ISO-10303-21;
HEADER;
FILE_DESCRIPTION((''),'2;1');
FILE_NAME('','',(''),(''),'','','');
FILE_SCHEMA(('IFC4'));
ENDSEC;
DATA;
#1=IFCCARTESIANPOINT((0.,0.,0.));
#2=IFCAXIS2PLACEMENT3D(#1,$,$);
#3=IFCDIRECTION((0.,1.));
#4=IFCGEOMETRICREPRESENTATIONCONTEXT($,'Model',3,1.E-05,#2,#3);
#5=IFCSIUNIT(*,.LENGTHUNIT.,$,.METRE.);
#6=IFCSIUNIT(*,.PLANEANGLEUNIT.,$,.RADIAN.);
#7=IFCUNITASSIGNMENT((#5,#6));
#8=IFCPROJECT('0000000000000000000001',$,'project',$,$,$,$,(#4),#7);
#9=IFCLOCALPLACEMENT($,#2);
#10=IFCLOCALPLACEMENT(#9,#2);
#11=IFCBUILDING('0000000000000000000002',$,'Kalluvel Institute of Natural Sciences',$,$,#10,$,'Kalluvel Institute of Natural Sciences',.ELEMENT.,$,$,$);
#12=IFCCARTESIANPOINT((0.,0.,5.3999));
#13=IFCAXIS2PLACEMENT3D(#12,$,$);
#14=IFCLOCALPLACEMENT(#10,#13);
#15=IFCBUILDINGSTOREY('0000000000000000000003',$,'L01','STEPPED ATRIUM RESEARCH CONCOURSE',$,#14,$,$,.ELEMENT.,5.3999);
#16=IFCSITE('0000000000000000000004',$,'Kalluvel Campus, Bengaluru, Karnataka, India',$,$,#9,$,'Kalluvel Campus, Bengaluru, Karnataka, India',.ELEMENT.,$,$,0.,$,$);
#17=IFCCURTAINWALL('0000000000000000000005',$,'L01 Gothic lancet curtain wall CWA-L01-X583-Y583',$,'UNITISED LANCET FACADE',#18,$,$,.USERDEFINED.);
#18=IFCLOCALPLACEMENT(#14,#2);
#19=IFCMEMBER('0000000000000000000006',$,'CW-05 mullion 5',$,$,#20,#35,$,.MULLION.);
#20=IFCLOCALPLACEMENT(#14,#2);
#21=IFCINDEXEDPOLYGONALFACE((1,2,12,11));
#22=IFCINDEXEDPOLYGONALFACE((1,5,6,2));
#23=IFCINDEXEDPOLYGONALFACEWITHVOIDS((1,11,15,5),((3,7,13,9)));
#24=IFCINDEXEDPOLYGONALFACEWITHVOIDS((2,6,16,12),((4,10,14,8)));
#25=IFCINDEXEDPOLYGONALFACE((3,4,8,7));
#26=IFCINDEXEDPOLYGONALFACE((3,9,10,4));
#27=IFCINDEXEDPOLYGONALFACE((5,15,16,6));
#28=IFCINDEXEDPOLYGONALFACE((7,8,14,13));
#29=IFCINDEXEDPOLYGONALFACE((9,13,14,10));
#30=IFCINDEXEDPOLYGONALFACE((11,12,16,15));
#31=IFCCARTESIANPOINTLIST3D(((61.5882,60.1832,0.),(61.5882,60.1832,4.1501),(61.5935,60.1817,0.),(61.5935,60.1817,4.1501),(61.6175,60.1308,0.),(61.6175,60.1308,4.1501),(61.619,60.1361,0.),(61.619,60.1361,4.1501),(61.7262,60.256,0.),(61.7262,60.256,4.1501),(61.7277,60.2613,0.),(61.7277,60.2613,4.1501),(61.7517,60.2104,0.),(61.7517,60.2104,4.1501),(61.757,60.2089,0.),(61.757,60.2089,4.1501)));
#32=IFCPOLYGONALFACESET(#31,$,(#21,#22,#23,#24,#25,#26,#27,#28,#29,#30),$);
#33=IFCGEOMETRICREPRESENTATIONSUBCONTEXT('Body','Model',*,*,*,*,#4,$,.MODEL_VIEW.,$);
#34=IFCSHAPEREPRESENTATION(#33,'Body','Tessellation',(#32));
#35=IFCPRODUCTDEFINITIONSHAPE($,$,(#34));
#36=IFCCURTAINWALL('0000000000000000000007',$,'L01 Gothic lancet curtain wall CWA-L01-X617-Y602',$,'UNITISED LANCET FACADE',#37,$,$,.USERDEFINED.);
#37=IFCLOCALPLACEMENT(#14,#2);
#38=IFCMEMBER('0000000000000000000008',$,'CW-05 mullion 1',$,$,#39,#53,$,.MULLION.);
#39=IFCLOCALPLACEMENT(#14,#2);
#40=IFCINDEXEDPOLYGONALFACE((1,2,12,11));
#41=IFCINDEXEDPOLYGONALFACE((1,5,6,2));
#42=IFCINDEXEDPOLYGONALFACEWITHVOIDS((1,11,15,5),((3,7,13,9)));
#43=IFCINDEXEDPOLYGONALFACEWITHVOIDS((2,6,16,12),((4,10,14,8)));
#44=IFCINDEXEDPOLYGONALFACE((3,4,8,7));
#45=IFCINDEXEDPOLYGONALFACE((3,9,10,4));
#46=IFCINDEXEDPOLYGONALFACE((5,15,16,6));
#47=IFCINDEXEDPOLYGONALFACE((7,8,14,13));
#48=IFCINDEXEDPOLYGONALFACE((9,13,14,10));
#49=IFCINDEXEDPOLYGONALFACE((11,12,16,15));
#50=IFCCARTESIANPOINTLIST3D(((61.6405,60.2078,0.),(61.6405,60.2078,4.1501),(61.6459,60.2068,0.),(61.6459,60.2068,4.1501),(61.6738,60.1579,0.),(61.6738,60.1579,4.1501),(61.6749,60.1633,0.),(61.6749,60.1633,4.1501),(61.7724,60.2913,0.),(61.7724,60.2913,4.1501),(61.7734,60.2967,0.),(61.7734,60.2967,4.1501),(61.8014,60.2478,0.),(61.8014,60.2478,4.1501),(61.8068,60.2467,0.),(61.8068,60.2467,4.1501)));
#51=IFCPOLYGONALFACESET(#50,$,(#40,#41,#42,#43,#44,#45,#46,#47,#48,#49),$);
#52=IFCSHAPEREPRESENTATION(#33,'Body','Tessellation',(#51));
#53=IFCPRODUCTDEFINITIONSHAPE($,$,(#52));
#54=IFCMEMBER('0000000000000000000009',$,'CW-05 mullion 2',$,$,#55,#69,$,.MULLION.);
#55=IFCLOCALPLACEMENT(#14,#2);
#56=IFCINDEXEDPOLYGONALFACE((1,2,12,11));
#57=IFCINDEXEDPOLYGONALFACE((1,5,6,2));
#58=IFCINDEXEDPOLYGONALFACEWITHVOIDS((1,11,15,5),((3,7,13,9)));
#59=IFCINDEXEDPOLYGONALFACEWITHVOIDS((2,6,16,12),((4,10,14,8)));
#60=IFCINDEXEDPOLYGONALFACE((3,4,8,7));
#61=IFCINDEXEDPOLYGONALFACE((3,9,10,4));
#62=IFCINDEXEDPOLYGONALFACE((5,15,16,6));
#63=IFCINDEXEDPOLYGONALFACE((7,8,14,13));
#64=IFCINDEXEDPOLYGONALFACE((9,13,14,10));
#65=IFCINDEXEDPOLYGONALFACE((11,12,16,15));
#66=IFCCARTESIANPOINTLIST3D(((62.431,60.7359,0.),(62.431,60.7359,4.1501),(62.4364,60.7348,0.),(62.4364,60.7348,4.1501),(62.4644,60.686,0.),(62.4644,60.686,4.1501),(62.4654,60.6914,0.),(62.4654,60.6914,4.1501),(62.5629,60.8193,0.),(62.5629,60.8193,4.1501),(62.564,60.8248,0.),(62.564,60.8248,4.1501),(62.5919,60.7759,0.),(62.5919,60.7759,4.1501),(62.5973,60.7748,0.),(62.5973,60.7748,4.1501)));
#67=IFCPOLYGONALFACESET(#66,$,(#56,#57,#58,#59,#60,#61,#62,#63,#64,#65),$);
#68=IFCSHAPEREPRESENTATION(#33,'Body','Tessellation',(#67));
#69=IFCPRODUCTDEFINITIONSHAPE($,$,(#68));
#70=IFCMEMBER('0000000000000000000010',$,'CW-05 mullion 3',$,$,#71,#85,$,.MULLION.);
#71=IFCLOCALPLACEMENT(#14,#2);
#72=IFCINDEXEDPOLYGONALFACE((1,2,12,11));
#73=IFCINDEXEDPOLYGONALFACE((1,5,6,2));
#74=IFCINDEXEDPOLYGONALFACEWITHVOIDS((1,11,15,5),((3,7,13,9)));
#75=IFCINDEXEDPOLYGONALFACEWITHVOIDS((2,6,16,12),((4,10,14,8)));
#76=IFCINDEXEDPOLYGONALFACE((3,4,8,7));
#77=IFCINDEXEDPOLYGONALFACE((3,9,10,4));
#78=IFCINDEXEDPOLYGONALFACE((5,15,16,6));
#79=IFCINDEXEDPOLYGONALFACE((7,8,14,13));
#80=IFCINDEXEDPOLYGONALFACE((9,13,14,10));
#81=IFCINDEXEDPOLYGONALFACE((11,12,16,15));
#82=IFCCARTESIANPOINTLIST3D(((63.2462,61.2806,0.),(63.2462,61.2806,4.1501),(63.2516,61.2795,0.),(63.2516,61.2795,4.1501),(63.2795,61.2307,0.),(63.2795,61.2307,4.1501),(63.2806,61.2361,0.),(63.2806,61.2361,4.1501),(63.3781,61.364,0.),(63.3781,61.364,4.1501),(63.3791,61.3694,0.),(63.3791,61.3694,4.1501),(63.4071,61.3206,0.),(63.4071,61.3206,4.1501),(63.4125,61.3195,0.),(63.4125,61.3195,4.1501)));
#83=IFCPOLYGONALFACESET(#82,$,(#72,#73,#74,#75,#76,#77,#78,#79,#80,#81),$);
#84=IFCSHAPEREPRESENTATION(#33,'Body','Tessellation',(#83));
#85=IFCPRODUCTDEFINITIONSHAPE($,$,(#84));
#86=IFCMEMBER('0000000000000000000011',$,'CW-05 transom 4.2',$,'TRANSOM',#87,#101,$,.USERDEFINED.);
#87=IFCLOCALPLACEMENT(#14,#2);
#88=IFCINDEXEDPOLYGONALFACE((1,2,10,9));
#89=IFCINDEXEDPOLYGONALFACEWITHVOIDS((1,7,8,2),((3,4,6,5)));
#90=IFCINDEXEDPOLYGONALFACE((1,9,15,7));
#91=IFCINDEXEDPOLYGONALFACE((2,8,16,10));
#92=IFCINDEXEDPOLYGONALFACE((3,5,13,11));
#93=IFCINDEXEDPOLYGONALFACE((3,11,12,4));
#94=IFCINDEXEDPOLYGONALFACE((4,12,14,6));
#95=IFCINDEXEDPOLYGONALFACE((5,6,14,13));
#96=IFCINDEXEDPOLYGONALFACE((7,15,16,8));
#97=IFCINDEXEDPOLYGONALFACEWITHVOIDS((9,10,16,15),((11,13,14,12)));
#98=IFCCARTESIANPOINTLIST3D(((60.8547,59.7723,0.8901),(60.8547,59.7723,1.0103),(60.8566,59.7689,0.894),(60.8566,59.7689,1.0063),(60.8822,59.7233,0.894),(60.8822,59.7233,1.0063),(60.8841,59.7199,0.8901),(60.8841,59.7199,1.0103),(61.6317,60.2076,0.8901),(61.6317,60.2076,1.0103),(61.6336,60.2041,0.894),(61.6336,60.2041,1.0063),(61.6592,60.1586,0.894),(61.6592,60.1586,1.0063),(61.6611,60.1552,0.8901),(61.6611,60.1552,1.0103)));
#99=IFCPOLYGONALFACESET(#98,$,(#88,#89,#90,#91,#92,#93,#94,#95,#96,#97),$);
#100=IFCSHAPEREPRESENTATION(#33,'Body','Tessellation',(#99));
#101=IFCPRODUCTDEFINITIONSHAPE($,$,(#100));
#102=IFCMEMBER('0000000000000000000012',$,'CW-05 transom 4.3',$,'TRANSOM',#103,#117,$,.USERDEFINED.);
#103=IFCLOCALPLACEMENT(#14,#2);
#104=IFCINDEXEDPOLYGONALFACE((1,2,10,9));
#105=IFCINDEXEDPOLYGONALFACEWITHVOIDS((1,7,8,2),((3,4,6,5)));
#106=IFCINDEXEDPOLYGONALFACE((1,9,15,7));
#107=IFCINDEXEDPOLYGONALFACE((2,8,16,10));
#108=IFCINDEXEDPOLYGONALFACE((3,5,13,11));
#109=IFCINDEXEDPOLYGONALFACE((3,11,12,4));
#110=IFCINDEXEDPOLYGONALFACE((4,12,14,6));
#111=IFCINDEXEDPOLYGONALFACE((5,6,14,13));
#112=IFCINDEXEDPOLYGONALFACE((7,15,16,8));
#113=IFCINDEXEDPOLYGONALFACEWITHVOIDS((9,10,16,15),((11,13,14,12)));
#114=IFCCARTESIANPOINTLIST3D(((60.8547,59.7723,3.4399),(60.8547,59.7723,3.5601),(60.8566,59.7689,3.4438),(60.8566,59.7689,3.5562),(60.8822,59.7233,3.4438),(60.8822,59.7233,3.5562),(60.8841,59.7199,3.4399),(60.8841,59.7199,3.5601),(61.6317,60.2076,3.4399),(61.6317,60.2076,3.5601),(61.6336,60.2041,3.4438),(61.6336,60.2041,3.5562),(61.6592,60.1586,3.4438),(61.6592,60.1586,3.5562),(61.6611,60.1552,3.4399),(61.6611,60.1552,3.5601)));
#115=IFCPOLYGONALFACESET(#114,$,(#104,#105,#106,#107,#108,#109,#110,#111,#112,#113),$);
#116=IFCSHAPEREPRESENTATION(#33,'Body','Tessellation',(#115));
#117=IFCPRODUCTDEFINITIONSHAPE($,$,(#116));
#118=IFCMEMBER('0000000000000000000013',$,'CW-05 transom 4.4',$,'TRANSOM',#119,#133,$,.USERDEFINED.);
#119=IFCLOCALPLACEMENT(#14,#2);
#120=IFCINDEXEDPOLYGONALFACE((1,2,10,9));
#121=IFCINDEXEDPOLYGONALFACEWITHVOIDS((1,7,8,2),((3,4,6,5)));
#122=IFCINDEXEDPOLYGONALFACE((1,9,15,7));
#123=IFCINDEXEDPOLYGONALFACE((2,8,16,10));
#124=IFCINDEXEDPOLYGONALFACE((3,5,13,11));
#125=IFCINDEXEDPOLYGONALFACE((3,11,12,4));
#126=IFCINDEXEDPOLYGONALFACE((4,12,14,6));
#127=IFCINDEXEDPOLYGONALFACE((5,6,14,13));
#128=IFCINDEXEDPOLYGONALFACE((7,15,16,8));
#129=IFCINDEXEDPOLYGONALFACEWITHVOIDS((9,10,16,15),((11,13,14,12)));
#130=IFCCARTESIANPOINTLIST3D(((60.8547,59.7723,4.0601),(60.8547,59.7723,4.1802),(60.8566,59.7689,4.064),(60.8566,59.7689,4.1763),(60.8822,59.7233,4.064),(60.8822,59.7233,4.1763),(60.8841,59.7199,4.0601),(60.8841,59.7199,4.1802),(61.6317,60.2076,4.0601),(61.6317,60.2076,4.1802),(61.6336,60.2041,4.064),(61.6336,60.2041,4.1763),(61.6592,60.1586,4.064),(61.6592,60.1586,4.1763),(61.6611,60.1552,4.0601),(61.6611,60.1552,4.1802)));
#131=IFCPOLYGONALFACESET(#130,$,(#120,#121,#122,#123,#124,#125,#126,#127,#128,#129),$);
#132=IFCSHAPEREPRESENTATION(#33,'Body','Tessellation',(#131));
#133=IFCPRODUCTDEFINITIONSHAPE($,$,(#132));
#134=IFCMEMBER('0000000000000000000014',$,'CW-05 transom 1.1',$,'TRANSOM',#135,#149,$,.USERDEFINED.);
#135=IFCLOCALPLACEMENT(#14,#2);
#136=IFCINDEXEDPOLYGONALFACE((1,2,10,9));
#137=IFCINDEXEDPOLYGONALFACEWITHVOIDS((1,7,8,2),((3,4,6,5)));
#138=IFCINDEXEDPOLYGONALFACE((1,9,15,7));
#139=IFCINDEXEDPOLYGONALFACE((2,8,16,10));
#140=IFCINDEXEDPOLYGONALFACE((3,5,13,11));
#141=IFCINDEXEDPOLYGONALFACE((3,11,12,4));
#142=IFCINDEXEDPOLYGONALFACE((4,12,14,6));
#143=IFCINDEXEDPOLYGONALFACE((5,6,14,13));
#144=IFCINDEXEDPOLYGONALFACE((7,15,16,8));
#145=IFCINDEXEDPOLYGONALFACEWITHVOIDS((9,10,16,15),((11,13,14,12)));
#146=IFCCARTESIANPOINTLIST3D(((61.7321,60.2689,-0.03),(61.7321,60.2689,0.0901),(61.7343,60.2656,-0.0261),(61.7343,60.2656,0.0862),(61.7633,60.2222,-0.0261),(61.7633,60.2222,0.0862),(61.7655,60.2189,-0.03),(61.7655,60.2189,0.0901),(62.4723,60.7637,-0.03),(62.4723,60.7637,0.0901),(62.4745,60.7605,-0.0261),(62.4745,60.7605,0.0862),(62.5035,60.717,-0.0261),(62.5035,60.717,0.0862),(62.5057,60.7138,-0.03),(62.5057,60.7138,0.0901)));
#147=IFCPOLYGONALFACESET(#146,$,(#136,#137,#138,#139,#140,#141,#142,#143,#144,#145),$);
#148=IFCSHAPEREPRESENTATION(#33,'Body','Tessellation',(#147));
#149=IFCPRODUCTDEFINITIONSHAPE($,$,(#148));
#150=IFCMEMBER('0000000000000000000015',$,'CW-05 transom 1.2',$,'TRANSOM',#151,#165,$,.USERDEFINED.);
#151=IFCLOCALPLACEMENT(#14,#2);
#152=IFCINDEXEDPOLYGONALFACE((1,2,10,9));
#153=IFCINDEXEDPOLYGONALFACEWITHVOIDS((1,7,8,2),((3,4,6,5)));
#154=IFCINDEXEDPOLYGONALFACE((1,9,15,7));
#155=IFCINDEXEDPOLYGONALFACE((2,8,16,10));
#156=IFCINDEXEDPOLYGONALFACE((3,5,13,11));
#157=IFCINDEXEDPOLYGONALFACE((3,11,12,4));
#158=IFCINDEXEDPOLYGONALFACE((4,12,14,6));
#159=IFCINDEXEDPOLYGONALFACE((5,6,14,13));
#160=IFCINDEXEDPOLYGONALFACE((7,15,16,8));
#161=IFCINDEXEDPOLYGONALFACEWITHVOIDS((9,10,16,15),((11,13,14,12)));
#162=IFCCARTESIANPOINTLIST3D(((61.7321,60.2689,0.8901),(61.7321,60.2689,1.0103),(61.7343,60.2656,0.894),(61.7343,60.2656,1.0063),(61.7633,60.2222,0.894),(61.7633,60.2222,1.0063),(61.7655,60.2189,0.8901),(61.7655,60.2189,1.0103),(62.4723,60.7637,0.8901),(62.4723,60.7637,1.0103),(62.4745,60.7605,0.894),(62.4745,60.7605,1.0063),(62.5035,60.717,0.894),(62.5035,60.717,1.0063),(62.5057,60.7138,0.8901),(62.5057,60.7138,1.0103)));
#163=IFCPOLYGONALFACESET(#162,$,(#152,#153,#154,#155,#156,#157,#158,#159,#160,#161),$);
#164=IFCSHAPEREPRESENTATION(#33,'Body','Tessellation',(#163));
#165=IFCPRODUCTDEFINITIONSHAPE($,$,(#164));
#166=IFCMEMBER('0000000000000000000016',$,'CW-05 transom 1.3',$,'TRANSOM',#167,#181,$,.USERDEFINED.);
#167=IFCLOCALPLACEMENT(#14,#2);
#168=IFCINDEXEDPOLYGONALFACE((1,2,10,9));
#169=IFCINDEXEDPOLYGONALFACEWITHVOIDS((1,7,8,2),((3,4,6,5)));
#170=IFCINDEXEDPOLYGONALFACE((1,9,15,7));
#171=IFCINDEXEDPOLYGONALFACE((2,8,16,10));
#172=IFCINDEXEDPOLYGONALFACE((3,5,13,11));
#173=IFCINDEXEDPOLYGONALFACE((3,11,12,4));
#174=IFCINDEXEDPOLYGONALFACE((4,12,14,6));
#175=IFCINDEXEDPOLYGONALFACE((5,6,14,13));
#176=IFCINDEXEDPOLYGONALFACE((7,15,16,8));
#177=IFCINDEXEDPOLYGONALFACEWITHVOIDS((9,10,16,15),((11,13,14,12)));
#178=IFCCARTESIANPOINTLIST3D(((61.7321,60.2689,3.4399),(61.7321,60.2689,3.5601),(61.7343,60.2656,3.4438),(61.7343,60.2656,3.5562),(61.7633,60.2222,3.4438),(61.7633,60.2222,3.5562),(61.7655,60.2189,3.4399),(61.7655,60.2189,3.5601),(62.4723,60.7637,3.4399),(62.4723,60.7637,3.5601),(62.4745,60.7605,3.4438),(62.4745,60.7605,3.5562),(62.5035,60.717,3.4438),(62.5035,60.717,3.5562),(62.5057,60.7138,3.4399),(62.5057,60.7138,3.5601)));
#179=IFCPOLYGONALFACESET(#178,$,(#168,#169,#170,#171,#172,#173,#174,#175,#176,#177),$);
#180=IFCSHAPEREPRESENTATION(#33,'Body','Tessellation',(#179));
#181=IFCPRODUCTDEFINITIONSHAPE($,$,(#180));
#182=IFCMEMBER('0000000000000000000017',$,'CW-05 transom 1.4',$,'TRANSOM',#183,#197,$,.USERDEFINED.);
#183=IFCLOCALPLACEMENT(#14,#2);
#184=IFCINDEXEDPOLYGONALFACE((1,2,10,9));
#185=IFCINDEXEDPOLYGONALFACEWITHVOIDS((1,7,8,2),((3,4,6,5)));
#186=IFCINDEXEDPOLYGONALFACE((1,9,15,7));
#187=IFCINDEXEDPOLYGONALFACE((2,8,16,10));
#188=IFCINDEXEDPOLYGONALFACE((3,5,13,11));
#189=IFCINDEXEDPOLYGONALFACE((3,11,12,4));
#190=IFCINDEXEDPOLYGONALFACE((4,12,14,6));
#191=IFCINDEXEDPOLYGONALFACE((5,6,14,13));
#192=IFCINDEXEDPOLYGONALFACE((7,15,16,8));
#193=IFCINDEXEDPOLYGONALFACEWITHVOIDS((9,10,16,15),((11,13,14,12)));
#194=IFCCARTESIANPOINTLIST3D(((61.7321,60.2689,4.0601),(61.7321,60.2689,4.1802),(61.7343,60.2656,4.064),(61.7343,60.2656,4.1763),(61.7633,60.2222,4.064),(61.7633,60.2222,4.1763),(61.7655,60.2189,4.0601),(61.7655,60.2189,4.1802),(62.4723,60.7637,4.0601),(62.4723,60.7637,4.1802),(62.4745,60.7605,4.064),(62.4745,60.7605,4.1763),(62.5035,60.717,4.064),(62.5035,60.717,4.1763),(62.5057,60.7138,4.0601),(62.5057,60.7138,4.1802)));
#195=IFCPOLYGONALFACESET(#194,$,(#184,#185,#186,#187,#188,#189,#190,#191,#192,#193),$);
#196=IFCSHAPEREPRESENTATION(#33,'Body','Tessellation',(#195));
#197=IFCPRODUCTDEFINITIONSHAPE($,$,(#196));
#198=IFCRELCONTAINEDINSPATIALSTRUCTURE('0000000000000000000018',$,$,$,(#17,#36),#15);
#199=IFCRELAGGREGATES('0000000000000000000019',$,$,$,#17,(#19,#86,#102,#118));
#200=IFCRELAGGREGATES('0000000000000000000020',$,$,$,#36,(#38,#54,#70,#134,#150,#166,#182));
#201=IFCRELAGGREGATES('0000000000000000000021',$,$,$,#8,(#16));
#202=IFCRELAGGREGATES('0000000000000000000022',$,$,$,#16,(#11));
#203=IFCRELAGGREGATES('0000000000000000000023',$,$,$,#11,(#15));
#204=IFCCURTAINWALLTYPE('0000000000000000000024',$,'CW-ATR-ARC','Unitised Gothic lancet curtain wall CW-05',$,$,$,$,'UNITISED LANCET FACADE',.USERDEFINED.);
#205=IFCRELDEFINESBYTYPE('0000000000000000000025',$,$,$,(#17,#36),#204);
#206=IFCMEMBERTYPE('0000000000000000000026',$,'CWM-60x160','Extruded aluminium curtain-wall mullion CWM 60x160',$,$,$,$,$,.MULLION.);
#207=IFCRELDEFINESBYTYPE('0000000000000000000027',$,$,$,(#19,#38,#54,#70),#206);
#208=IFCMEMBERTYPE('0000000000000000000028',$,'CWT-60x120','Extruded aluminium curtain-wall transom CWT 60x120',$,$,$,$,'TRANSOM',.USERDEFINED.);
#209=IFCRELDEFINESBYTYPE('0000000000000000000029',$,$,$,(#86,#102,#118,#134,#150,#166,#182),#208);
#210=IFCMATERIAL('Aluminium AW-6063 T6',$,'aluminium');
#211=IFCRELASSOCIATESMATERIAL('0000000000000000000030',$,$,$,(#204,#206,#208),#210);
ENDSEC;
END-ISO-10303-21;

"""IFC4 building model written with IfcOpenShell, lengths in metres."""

from ifc_helpers import new_model, si_unit, direction, frame, origin, origin_2d, place, context, subcontext, project, spatial, hollow_rectangle, extrude, material, material_profile, profile_set, type_object, element, aggregate, save


model = new_model("IFC4")

# Units and contexts
model_context = context("Model", 3, precision=1e-05, world=origin(), true_north=direction((0.0, 1.0)))
body_context = subcontext(model_context, "Body", "Model", "MODEL_VIEW")
ifc_project = project(units=[si_unit("LENGTHUNIT", "METRE"), si_unit("PLANEANGLEUNIT", "RADIAN")], contexts=[model_context])

# Site, building, storey
site_placement = place(None, origin())
site = spatial("IfcSite", under=ifc_project, at=site_placement, Name="Kalluvel Campus, Bengaluru, Karnataka, India", LongName="Kalluvel Campus, Bengaluru, Karnataka, India", CompositionType="ELEMENT", RefElevation=0.0)
building_placement = place(site_placement, origin())
building = spatial("IfcBuilding", under=site, at=building_placement, Name="Kalluvel Institute of Natural Sciences", LongName="Kalluvel Institute of Natural Sciences", CompositionType="ELEMENT")
storey_placement = place(building_placement, frame((0.0, 0.0, 5.3999)))
storey = spatial("IfcBuildingStorey", under=building, at=storey_placement, Name="L01", Description="STEPPED ATRIUM RESEARCH CONCOURSE", CompositionType="ELEMENT", Elevation=5.3999)

# Curtain wall, member
ifc_material_1 = material(Name="Aluminium AW-6063 T6", Category="aluminium")
curtain_wall_type = type_object("IfcCurtainWallType", Name="CW-ATR-ARC", Description="Unitised Gothic lancet curtain wall CW-05", ElementType="UNITISED LANCET FACADE", PredefinedType="USERDEFINED", material=ifc_material_1)
curtain_wall_1_placement = place(storey_placement, origin())
curtain_wall_1 = element("IfcCurtainWall", 1, at=curtain_wall_1_placement, inside=storey, type_object=curtain_wall_type, Name="L01 Gothic lancet curtain wall CWA-L01-X583-Y583", ObjectType="UNITISED LANCET FACADE", PredefinedType="USERDEFINED")
ifc_material_profile_1 = material_profile(ifc_material_1, hollow_rectangle(XDim=0.0601, YDim=0.1599, WallThickness=0.0039, at=origin_2d()), Name="CWM 60x160")
ifc_profile_set_1 = profile_set([ifc_material_profile_1], Name="Aluminium AW-6063 T6")
member_type_1 = type_object("IfcMemberType", Name="CWM-60x160", Description="Extruded aluminium curtain-wall mullion CWM 60x160", PredefinedType="MULLION", material=ifc_profile_set_1)
member_1_placement = place(storey_placement, frame((61.6726, 60.196, 0.0), z_axis=(0.0, 0.0, 1.0), x_axis=(-0.488619, 0.872497, 0.0)))
member_1 = element("IfcMember", 2, at=member_1_placement, type_object=member_type_1, Name="CW-05 mullion 5", PredefinedType="MULLION", context=body_context, shape_type="SweptSolid", body=[
    extrude(hollow_rectangle(XDim=0.0601, YDim=0.1599, WallThickness=0.0039, at=origin_2d()), origin(), (0.0, 0.0, 1.0), 4.1501),
])

# Curtain wall, members
curtain_wall_2_placement = place(storey_placement, origin())
curtain_wall_2 = element("IfcCurtainWall", 3, at=curtain_wall_2_placement, inside=storey, type_object=curtain_wall_type, Name="L01 Gothic lancet curtain wall CWA-L01-X617-Y602", ObjectType="UNITISED LANCET FACADE", PredefinedType="USERDEFINED")
member_2_placement = place(storey_placement, frame((61.7236, 60.2273, 0.0), z_axis=(0.0, 0.0, 1.0), x_axis=(-0.555571, 0.831469, 0.0)))
member_2 = element("IfcMember", 4, at=member_2_placement, type_object=member_type_1, Name="CW-05 mullion 1", PredefinedType="MULLION", context=body_context, shape_type="SweptSolid", body=[
    extrude(hollow_rectangle(XDim=0.0601, YDim=0.1599, WallThickness=0.0039, at=origin_2d()), origin(), (0.0, 0.0, 1.0), 4.1501),
])
member_3_placement = place(storey_placement, frame((62.5142, 60.7554, 0.0), z_axis=(0.0, 0.0, 1.0), x_axis=(-0.555571, 0.831469, 0.0)))
member_3 = element("IfcMember", 5, at=member_3_placement, type_object=member_type_1, Name="CW-05 mullion 2", PredefinedType="MULLION", context=body_context, shape_type="SweptSolid", body=[
    extrude(hollow_rectangle(XDim=0.0601, YDim=0.1599, WallThickness=0.0039, at=origin_2d()), origin(), (0.0, 0.0, 1.0), 4.1501),
])
member_4_placement = place(storey_placement, frame((63.3293, 61.3, 0.0), z_axis=(0.0, 0.0, 1.0), x_axis=(-0.555571, 0.831469, 0.0)))
member_4 = element("IfcMember", 6, at=member_4_placement, type_object=member_type_1, Name="CW-05 mullion 3", PredefinedType="MULLION", context=body_context, shape_type="SweptSolid", body=[
    extrude(hollow_rectangle(XDim=0.0601, YDim=0.1599, WallThickness=0.0039, at=origin_2d()), origin(), (0.0, 0.0, 1.0), 4.1501),
])

# Members
ifc_material_profile_2 = material_profile(ifc_material_1, hollow_rectangle(XDim=0.0601, YDim=0.1201, WallThickness=0.0039, at=origin_2d()), Name="CWT 60x120")
ifc_profile_set_2 = profile_set([ifc_material_profile_2], Name="Aluminium AW-6063 T6")
member_type_2 = type_object("IfcMemberType", Name="CWT-60x120", Description="Extruded aluminium curtain-wall transom CWT 60x120", ElementType="TRANSOM", PredefinedType="USERDEFINED", material=ifc_profile_set_2)
member_5_placement = place(storey_placement, frame((60.8694, 59.7461, 0.9502), z_axis=(0.872445, 0.488712, 0.0), x_axis=(-0.488712, 0.872445, 0.0)))
member_5 = element("IfcMember", 7, at=member_5_placement, type_object=member_type_2, Name="CW-05 transom 4.2", ObjectType="TRANSOM", PredefinedType="USERDEFINED", context=body_context, shape_type="SweptSolid", body=[
    extrude(hollow_rectangle(XDim=0.0601, YDim=0.1201, WallThickness=0.0039, at=origin_2d()), origin(), (0.0, 0.0, 1.0), 0.8906),
])
member_6_placement = place(storey_placement, frame((60.8694, 59.7461, 3.5), z_axis=(0.872445, 0.488712, 0.0), x_axis=(-0.488712, 0.872445, 0.0)))
member_6 = element("IfcMember", 8, at=member_6_placement, type_object=member_type_2, Name="CW-05 transom 4.3", ObjectType="TRANSOM", PredefinedType="USERDEFINED", context=body_context, shape_type="SweptSolid", body=[
    extrude(hollow_rectangle(XDim=0.0601, YDim=0.1201, WallThickness=0.0039, at=origin_2d()), origin(), (0.0, 0.0, 1.0), 0.8906),
])
member_7_placement = place(storey_placement, frame((60.8694, 59.7461, 4.1201), z_axis=(0.872445, 0.488712, 0.0), x_axis=(-0.488712, 0.872445, 0.0)))
member_7 = element("IfcMember", 9, at=member_7_placement, type_object=member_type_2, Name="CW-05 transom 4.4", ObjectType="TRANSOM", PredefinedType="USERDEFINED", context=body_context, shape_type="SweptSolid", body=[
    extrude(hollow_rectangle(XDim=0.0601, YDim=0.1201, WallThickness=0.0039, at=origin_2d()), origin(), (0.0, 0.0, 1.0), 0.8906),
])
member_8_placement = place(storey_placement, frame((61.7488, 60.2439, 0.03), z_axis=(0.831332, 0.555775, 0.0), x_axis=(-0.555775, 0.831332, 0.0)))
member_8 = element("IfcMember", 10, at=member_8_placement, type_object=member_type_2, Name="CW-05 transom 1.1", ObjectType="TRANSOM", PredefinedType="USERDEFINED", context=body_context, shape_type="SweptSolid", body=[
    extrude(hollow_rectangle(XDim=0.0601, YDim=0.1201, WallThickness=0.0039, at=origin_2d()), origin(), (0.0, 0.0, 1.0), 0.8904),
])
member_9_placement = place(storey_placement, frame((61.7488, 60.2439, 0.9502), z_axis=(0.831332, 0.555775, 0.0), x_axis=(-0.555775, 0.831332, 0.0)))
member_9 = element("IfcMember", 11, at=member_9_placement, type_object=member_type_2, Name="CW-05 transom 1.2", ObjectType="TRANSOM", PredefinedType="USERDEFINED", context=body_context, shape_type="SweptSolid", body=[
    extrude(hollow_rectangle(XDim=0.0601, YDim=0.1201, WallThickness=0.0039, at=origin_2d()), origin(), (0.0, 0.0, 1.0), 0.8904),
])
member_10_placement = place(storey_placement, frame((61.7488, 60.2439, 3.5), z_axis=(0.831332, 0.555775, 0.0), x_axis=(-0.555775, 0.831332, 0.0)))
member_10 = element("IfcMember", 12, at=member_10_placement, type_object=member_type_2, Name="CW-05 transom 1.3", ObjectType="TRANSOM", PredefinedType="USERDEFINED", context=body_context, shape_type="SweptSolid", body=[
    extrude(hollow_rectangle(XDim=0.0601, YDim=0.1201, WallThickness=0.0039, at=origin_2d()), origin(), (0.0, 0.0, 1.0), 0.8904),
])
member_11_placement = place(storey_placement, frame((61.7488, 60.2439, 4.1201), z_axis=(0.831332, 0.555775, 0.0), x_axis=(-0.555775, 0.831332, 0.0)))
member_11 = element("IfcMember", 13, at=member_11_placement, type_object=member_type_2, Name="CW-05 transom 1.4", ObjectType="TRANSOM", PredefinedType="USERDEFINED", context=body_context, shape_type="SweptSolid", body=[
    extrude(hollow_rectangle(XDim=0.0601, YDim=0.1201, WallThickness=0.0039, at=origin_2d()), origin(), (0.0, 0.0, 1.0), 0.8904),
])

aggregate(curtain_wall_1, [member_1, member_5, member_6, member_7])
aggregate(curtain_wall_2, [member_2, member_3, member_4, member_8, member_9, member_10, member_11])

save(model, "model.ifc")
